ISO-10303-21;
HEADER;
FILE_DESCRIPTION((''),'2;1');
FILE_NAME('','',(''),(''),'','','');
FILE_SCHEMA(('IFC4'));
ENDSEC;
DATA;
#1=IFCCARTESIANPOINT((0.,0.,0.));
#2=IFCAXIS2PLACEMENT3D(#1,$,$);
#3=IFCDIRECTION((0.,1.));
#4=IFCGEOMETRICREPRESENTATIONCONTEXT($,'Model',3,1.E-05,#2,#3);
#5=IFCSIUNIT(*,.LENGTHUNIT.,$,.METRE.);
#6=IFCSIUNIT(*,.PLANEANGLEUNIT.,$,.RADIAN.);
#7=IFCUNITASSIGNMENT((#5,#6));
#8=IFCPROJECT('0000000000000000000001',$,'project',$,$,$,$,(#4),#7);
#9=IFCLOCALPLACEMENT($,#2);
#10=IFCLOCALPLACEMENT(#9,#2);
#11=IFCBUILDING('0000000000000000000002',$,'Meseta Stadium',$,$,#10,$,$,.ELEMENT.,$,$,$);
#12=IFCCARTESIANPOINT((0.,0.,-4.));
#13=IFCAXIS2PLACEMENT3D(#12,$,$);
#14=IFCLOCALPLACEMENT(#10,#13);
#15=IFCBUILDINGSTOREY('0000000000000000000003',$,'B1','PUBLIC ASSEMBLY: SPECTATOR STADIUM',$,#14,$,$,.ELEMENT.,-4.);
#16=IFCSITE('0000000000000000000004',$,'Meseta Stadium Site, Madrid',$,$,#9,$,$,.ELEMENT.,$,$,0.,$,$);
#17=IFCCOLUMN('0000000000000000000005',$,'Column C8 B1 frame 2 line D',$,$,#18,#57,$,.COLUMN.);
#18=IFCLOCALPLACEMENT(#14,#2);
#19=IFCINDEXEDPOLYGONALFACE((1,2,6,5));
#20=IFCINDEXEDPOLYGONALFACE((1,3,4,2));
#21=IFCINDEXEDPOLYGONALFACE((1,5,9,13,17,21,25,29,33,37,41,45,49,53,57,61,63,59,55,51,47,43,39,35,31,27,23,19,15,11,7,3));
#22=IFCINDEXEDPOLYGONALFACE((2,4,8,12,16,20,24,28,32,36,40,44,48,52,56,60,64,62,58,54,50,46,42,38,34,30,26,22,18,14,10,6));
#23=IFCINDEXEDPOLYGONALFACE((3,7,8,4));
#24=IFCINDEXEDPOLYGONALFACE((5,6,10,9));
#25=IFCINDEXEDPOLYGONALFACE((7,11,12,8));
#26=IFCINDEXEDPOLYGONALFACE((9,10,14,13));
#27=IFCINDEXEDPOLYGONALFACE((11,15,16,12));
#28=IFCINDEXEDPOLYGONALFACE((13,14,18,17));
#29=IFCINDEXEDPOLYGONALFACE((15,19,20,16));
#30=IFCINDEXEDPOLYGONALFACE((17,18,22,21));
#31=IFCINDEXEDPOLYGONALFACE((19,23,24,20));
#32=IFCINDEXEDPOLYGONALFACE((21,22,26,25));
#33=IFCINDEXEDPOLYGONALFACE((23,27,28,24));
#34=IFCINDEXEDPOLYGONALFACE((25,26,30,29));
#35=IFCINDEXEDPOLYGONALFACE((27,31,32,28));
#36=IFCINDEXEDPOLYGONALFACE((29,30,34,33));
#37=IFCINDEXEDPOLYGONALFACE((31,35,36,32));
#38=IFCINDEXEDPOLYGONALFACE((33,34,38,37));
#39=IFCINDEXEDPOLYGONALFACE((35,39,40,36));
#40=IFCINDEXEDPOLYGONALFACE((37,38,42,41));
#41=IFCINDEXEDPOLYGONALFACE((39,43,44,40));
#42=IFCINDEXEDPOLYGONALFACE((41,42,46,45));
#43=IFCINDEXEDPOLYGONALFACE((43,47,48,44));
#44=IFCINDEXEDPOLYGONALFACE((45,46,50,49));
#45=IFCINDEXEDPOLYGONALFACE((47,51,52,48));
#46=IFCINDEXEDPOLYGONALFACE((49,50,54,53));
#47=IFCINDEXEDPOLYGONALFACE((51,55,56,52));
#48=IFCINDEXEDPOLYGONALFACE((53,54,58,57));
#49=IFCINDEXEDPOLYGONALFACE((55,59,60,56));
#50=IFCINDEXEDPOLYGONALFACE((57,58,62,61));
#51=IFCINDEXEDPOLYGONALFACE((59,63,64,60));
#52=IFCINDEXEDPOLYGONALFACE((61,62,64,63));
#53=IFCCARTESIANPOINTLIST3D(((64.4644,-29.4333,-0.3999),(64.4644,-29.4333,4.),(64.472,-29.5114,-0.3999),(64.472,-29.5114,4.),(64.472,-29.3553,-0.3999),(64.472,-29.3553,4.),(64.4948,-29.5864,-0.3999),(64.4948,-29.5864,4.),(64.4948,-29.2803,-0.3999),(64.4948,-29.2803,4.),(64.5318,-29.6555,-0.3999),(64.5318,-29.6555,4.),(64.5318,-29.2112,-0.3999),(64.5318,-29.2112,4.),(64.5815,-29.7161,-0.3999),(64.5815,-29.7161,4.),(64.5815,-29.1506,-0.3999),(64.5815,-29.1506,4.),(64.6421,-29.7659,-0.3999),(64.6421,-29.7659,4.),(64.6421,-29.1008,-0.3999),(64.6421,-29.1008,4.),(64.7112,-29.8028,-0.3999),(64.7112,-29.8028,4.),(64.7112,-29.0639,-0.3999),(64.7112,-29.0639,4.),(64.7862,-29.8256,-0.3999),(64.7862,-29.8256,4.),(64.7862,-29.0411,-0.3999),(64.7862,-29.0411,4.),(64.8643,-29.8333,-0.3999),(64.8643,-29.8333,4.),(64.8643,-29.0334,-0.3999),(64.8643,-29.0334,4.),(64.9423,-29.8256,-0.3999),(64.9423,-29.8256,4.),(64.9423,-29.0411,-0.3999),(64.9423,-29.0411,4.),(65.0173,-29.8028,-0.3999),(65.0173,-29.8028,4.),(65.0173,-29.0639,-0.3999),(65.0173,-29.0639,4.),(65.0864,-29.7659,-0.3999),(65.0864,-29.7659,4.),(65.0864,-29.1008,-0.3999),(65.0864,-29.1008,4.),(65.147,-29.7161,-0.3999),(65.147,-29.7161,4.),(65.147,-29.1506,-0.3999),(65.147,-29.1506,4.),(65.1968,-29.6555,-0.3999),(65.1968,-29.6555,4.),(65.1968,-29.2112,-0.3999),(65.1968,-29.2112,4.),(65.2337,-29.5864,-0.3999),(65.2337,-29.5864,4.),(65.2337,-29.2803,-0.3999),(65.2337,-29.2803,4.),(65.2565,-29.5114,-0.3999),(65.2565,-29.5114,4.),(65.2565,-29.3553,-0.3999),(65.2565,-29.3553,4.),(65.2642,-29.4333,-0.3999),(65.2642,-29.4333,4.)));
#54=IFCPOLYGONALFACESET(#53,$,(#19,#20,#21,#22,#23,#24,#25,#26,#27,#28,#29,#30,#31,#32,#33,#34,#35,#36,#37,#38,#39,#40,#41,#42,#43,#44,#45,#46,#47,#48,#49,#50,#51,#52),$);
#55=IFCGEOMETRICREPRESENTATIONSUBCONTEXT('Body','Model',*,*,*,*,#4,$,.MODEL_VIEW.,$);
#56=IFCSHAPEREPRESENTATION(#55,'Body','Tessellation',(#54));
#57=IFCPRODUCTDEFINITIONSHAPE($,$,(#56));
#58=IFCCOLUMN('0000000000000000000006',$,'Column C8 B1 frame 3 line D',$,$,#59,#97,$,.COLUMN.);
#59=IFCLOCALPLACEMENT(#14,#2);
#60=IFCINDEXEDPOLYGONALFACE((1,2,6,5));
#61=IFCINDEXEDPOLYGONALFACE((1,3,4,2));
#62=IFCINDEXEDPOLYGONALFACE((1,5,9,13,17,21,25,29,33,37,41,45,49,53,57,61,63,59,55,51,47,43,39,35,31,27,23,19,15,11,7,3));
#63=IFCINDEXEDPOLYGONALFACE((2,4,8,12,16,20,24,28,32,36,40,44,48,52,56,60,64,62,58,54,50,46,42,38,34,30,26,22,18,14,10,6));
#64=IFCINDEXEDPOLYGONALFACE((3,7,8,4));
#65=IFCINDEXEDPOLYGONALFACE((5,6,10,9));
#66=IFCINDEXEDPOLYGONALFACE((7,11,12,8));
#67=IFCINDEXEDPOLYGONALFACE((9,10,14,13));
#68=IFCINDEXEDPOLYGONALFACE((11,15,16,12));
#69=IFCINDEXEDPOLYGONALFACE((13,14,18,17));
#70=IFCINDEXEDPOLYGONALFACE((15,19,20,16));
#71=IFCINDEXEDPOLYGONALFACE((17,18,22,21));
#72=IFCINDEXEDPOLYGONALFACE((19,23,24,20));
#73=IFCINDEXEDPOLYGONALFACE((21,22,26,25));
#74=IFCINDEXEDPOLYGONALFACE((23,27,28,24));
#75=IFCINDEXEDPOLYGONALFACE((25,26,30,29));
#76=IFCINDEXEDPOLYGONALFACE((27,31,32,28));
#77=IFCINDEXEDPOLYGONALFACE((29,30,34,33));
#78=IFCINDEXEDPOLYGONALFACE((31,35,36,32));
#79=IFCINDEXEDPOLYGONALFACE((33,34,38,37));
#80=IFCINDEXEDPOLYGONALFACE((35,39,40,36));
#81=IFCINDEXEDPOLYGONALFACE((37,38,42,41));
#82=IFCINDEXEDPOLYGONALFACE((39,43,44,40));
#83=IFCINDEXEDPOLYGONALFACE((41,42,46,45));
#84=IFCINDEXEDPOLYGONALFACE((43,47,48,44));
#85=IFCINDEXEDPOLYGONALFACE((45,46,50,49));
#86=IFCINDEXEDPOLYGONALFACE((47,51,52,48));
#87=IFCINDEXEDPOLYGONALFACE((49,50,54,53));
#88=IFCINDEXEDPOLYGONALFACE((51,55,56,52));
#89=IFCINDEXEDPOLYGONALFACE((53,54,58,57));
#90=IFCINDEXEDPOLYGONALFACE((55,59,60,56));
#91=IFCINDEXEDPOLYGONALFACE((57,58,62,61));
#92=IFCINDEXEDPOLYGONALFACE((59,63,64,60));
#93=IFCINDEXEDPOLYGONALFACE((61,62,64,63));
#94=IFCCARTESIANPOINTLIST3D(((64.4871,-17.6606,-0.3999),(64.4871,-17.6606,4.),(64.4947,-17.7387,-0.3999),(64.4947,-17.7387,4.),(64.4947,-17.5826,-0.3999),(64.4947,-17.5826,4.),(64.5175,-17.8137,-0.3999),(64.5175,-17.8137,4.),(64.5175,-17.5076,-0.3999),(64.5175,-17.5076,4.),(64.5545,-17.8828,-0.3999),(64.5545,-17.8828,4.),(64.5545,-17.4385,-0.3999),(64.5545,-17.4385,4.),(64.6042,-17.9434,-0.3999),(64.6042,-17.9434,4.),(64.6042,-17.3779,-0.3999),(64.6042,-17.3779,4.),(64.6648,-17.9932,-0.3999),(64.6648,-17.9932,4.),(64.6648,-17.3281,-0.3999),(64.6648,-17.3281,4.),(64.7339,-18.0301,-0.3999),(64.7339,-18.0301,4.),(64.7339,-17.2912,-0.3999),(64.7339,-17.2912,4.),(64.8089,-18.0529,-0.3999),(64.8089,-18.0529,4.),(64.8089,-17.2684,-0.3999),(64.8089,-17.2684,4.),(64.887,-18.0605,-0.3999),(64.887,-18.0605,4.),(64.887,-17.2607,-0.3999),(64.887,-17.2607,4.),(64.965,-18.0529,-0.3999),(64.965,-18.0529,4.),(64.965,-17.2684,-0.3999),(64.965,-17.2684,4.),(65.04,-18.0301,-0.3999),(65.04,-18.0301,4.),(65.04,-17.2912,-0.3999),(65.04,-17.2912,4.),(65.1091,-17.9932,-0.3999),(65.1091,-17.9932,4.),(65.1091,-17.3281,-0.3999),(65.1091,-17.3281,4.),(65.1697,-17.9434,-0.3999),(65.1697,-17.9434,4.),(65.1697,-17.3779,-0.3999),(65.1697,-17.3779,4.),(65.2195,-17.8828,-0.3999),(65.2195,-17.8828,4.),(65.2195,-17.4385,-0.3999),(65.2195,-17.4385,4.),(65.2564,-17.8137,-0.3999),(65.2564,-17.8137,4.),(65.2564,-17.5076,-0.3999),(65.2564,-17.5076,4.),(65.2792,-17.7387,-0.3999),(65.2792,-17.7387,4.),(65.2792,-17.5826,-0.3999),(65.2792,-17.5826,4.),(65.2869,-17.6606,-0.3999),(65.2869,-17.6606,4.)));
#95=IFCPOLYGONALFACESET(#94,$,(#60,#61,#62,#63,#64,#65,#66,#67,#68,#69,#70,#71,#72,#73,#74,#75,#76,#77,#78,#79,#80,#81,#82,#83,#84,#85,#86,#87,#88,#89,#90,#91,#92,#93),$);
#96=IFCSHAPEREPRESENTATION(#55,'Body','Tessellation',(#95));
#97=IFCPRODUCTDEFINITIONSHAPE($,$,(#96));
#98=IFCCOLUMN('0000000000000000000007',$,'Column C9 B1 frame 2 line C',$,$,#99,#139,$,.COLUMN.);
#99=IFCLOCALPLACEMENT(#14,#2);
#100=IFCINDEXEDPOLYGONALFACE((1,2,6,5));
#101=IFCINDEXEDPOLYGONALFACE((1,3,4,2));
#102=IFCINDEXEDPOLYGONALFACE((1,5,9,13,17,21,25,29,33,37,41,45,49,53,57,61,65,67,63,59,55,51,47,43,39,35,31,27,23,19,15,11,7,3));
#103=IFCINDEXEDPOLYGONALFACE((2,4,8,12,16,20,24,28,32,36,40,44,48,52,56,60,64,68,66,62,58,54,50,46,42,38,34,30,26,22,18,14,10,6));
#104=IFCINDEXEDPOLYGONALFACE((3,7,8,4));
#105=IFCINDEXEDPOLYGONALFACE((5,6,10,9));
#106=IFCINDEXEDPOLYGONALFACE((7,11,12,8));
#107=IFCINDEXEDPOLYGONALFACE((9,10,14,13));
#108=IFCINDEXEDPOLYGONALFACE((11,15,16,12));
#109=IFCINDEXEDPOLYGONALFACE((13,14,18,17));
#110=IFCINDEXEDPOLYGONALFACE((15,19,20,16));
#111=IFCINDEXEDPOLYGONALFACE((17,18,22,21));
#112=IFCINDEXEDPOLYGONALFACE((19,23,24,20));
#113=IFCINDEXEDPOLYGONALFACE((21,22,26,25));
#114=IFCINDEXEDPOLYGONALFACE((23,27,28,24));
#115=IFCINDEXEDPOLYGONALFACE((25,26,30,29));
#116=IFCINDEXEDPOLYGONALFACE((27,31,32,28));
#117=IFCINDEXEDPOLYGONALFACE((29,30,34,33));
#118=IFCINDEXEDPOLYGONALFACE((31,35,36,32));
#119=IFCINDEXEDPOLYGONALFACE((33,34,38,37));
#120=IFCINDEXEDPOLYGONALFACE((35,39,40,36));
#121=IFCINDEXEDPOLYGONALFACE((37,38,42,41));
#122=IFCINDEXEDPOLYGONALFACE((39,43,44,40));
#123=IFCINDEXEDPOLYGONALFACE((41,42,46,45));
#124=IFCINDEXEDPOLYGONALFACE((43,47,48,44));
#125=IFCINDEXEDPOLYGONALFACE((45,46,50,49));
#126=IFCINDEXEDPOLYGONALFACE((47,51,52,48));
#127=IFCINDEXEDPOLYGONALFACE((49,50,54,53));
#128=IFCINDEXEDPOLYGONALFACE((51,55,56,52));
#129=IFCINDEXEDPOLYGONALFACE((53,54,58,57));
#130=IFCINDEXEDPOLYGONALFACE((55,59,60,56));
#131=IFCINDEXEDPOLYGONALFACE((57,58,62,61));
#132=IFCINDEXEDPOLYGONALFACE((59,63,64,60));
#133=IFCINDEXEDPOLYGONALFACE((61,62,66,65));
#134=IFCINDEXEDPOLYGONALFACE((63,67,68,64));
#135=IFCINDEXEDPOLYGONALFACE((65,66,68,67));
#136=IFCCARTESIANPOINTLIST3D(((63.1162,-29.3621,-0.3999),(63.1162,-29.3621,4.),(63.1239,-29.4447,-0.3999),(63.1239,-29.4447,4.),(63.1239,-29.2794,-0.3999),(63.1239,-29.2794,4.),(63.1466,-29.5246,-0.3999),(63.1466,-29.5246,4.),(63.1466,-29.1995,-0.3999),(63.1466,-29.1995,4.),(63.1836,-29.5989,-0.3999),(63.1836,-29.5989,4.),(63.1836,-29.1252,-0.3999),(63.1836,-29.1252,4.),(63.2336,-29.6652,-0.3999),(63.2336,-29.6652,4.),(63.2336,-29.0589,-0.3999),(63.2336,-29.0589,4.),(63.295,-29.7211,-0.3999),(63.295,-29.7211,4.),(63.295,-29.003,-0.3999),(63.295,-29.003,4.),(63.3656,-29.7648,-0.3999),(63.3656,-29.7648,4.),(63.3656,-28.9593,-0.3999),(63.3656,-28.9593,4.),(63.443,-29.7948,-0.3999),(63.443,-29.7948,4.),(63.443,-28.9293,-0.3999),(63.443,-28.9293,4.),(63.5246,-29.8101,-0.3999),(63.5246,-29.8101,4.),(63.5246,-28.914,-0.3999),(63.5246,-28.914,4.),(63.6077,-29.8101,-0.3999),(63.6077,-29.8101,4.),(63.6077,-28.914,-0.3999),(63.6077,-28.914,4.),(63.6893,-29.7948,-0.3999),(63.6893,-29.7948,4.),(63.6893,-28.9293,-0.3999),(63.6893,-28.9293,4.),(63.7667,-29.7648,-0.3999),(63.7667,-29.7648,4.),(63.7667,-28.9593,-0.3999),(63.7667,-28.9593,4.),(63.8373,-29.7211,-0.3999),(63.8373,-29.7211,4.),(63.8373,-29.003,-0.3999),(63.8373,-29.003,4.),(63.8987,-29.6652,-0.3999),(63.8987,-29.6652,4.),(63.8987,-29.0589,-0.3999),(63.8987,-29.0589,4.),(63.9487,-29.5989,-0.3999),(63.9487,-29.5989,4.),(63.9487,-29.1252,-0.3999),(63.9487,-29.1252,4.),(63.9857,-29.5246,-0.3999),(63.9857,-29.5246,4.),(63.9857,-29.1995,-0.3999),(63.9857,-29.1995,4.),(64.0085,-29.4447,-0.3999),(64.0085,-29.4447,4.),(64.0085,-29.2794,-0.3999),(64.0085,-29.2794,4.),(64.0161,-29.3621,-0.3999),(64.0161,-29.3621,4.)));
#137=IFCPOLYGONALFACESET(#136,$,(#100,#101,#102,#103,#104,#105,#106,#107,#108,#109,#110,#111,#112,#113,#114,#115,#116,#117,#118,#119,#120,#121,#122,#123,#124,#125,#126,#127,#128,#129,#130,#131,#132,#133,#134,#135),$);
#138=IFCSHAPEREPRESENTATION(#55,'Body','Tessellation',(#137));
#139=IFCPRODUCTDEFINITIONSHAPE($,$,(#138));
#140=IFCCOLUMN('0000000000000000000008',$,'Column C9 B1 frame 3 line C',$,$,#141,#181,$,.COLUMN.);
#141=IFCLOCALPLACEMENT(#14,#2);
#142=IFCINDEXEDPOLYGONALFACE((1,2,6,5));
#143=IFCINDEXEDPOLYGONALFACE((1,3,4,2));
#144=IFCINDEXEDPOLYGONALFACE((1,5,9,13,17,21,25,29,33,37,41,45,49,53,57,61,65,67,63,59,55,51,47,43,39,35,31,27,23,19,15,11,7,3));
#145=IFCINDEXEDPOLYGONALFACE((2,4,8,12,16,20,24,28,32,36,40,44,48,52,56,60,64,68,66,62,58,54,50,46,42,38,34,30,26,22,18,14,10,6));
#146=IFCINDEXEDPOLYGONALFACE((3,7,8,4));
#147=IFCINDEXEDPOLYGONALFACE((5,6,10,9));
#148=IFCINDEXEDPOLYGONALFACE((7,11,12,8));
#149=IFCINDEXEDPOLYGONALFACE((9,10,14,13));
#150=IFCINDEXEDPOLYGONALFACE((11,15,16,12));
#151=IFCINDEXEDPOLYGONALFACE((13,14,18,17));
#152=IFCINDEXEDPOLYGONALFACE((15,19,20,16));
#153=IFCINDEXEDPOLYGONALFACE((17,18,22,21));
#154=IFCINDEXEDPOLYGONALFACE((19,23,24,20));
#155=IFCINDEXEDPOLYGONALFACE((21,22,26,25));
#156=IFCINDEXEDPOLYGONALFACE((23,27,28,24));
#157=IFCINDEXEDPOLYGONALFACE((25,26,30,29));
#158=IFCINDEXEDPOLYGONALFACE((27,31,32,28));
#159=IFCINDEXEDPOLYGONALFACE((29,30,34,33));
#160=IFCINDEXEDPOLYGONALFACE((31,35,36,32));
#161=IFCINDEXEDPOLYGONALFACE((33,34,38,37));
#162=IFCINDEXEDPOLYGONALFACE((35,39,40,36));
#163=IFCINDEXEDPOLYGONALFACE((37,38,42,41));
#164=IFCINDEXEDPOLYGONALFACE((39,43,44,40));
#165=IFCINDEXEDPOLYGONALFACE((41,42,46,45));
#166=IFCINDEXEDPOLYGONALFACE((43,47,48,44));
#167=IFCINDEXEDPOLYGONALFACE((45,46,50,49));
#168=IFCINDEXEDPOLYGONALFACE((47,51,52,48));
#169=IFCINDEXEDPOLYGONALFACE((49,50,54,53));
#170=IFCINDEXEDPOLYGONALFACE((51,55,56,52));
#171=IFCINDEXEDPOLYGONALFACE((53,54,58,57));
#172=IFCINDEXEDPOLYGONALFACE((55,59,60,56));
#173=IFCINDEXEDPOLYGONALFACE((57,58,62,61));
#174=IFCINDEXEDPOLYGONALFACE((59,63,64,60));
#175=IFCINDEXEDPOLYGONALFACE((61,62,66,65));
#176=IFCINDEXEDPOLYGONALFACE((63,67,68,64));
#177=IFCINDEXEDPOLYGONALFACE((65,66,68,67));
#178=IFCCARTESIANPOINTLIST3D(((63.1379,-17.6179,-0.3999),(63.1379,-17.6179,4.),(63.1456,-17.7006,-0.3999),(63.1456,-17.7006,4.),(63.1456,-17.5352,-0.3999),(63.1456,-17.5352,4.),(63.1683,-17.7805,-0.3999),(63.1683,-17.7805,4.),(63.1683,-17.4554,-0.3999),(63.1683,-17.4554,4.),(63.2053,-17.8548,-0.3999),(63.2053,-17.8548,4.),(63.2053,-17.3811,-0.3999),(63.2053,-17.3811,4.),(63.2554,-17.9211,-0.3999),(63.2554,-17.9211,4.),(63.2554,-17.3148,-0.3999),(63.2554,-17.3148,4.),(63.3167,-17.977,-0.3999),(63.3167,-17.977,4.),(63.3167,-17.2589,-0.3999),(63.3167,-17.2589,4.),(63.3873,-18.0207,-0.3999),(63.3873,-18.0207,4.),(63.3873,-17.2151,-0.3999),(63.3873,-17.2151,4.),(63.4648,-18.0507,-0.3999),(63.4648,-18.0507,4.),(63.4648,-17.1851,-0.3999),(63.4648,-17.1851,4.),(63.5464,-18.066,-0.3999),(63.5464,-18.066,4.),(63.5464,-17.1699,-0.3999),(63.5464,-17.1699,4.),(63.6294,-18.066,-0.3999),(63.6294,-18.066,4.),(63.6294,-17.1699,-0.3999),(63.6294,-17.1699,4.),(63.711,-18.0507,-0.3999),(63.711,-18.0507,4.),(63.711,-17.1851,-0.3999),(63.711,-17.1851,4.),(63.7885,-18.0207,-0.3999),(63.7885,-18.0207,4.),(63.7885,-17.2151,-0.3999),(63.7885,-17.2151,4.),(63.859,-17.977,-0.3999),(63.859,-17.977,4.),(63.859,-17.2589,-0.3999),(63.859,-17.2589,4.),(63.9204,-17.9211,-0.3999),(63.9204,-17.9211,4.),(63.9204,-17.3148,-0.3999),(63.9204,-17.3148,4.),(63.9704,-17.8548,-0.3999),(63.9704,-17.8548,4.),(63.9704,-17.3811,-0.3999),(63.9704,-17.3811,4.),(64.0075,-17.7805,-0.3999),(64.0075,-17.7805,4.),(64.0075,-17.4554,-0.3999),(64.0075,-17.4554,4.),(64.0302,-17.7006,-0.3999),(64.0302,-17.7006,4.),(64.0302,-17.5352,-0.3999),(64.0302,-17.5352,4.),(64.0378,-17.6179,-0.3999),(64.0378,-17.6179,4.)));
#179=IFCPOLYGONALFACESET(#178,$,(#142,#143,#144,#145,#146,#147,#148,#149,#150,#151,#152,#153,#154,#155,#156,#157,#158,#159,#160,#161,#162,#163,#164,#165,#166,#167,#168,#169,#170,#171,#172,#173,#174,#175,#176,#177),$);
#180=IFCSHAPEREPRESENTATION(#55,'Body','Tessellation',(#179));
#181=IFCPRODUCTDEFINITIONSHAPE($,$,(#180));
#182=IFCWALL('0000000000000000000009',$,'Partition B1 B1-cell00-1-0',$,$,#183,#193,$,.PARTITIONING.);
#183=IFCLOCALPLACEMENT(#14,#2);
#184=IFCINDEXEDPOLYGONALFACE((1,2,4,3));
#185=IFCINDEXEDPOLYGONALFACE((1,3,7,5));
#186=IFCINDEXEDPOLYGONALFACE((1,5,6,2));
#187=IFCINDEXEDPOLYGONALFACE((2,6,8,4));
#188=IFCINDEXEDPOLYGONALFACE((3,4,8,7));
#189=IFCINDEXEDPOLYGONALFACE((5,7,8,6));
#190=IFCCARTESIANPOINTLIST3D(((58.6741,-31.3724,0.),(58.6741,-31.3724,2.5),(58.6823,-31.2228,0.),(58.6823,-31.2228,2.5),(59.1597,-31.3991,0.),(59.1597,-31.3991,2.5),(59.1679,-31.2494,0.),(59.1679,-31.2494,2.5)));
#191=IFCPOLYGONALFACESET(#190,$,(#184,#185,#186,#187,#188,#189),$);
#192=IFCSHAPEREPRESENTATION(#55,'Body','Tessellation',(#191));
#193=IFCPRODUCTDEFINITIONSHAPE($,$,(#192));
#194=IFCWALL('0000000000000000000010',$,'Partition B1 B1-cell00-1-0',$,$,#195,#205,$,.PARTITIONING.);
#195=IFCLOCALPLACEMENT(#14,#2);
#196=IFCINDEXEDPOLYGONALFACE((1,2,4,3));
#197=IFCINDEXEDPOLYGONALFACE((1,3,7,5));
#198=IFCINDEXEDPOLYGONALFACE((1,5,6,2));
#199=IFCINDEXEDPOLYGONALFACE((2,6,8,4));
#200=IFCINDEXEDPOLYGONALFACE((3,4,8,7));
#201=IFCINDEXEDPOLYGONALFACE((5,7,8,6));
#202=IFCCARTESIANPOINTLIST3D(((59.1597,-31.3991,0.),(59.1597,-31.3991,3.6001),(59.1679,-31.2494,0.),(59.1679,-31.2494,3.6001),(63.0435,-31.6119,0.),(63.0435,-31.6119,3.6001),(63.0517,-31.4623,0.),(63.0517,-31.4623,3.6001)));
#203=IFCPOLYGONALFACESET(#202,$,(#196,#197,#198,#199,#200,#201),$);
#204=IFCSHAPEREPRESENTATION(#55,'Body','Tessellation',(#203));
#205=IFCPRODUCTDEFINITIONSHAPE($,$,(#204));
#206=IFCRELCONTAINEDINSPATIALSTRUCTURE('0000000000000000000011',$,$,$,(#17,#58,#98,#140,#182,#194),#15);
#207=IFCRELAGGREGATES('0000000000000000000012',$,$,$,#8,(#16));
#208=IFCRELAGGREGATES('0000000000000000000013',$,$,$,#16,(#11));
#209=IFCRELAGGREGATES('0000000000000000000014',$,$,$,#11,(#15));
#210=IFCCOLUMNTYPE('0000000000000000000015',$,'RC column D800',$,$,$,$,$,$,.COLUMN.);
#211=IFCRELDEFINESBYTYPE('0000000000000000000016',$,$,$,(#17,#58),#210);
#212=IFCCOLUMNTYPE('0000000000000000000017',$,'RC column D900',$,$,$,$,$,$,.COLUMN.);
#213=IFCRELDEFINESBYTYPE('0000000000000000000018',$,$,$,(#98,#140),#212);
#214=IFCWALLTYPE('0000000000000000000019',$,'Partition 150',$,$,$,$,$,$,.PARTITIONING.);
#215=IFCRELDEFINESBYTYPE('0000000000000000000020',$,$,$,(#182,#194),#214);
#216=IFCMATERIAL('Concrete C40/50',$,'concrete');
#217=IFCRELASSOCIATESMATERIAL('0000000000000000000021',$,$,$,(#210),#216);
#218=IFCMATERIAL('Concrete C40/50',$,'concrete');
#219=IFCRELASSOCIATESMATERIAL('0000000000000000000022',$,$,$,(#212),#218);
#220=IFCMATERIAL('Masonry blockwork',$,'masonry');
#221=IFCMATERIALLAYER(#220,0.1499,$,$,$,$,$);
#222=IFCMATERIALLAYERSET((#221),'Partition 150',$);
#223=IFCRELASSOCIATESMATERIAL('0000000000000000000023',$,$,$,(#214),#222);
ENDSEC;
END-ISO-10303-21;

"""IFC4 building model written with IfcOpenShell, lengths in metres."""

from ifc_helpers import new_model, si_unit, direction, frame, frame_2d, origin, origin_2d, place, context, subcontext, project, spatial, rectangle, circle, extrude, material, layer, layer_set, material_profile, profile_set, type_object, element, save


model = new_model("IFC4")

# Units and contexts
model_context = context("Model", 3, precision=1e-05, world=origin(), true_north=direction((0.0, 1.0)))
body_context = subcontext(model_context, "Body", "Model", "MODEL_VIEW")
ifc_project = project(units=[si_unit("LENGTHUNIT", "METRE"), si_unit("PLANEANGLEUNIT", "RADIAN")], contexts=[model_context])

# Site, building, storey
site_placement = place(None, origin())
site = spatial("IfcSite", under=ifc_project, at=site_placement, Name="Meseta Stadium Site, Madrid", CompositionType="ELEMENT", RefElevation=0.0)
building_placement = place(site_placement, origin())
building = spatial("IfcBuilding", under=site, at=building_placement, Name="Meseta Stadium", CompositionType="ELEMENT")
storey_placement = place(building_placement, frame((0.0, 0.0, -4.0)))
storey = spatial("IfcBuildingStorey", under=building, at=storey_placement, Name="B1", Description="PUBLIC ASSEMBLY: SPECTATOR STADIUM", CompositionType="ELEMENT", Elevation=-4.0)

# Columns
ifc_material_1 = material(Name="Concrete C40/50", Category="concrete")
ifc_material_profile_1 = material_profile(ifc_material_1, circle(Radius=0.3999, at=origin_2d()), Name="RC D800")
ifc_profile_set_1 = profile_set([ifc_material_profile_1], Name="Concrete C40/50")
column_type_1 = type_object("IfcColumnType", Name="RC column D800", PredefinedType="COLUMN", material=ifc_profile_set_1)
for number, where, z_axis, x_axis, name in (
    (1, (64.8643, -29.4333, -0.3999), (0.0, 0.0, 1.0), (1.0, 0.0, 0.0), "Column C8 B1 frame 2 line D"),
    (2, (64.887, -17.6606, -0.3999), (0.0, 0.0, 1.0), (1.0, 0.0, 0.0), "Column C8 B1 frame 3 line D"),
):
    element("IfcColumn", number, at=place(storey_placement, frame(where, z_axis=z_axis, x_axis=x_axis)), inside=storey, type_object=column_type_1, Name=name, PredefinedType="COLUMN", context=body_context, shape_type="SweptSolid", body=[
        extrude(circle(Radius=0.3999, at=origin_2d()), origin(), (0.0, 0.0, 1.0), 4.3999),
    ])
ifc_material_2 = material(Name="Concrete C40/50", Category="concrete")
ifc_material_profile_2 = material_profile(ifc_material_2, circle(Radius=0.45, at=origin_2d()), Name="RC D900")
ifc_profile_set_2 = profile_set([ifc_material_profile_2], Name="Concrete C40/50")
column_type_2 = type_object("IfcColumnType", Name="RC column D900", PredefinedType="COLUMN", material=ifc_profile_set_2)
for number, where, z_axis, x_axis, name in (
    (3, (63.5662, -29.3621, -0.3999), (0.0, 0.0, 1.0), (1.0, 0.0, 0.0), "Column C9 B1 frame 2 line C"),
    (4, (63.5879, -17.6179, -0.3999), (0.0, 0.0, 1.0), (1.0, 0.0, 0.0), "Column C9 B1 frame 3 line C"),
):
    element("IfcColumn", number, at=place(storey_placement, frame(where, z_axis=z_axis, x_axis=x_axis)), inside=storey, type_object=column_type_2, Name=name, PredefinedType="COLUMN", context=body_context, shape_type="SweptSolid", body=[
        extrude(circle(Radius=0.45, at=origin_2d()), origin(), (0.0, 0.0, 1.0), 4.3999),
    ])

# Walls
ifc_material_3 = material(Name="Masonry blockwork", Category="masonry")
ifc_layer = layer(ifc_material_3, 0.1499)
ifc_layer_set = layer_set([ifc_layer], Name="Partition 150")
wall_type = type_object("IfcWallType", Name="Partition 150", PredefinedType="PARTITIONING", material=ifc_layer_set)
wall_1_placement = place(storey_placement, frame((58.6782, -31.2976, 0.0), z_axis=(0.0, 0.0, 1.0), x_axis=(0.998502, -0.054719, 0.0)))
element("IfcWall", 5, at=wall_1_placement, inside=storey, type_object=wall_type, Name="Partition B1 B1-cell00-1-0", PredefinedType="PARTITIONING", context=body_context, shape_type="SweptSolid", body=[
    extrude(rectangle(XDim=0.4863, YDim=0.1499, at=frame_2d((0.2432, 0.0))), origin(), (0.0, 0.0, 1.0), 2.5),
])
wall_2_placement = place(storey_placement, frame((59.1638, -31.3242, 0.0), z_axis=(0.0, 0.0, 1.0), x_axis=(0.998501, -0.054733, 0.0)))
element("IfcWall", 6, at=wall_2_placement, inside=storey, type_object=wall_type, Name="Partition B1 B1-cell00-1-0", PredefinedType="PARTITIONING", context=body_context, shape_type="SweptSolid", body=[
    extrude(rectangle(XDim=3.8896, YDim=0.1499, at=frame_2d((1.9448, 0.0))), origin(), (0.0, 0.0, 1.0), 3.6001),
])

save(model, "model.ifc")
